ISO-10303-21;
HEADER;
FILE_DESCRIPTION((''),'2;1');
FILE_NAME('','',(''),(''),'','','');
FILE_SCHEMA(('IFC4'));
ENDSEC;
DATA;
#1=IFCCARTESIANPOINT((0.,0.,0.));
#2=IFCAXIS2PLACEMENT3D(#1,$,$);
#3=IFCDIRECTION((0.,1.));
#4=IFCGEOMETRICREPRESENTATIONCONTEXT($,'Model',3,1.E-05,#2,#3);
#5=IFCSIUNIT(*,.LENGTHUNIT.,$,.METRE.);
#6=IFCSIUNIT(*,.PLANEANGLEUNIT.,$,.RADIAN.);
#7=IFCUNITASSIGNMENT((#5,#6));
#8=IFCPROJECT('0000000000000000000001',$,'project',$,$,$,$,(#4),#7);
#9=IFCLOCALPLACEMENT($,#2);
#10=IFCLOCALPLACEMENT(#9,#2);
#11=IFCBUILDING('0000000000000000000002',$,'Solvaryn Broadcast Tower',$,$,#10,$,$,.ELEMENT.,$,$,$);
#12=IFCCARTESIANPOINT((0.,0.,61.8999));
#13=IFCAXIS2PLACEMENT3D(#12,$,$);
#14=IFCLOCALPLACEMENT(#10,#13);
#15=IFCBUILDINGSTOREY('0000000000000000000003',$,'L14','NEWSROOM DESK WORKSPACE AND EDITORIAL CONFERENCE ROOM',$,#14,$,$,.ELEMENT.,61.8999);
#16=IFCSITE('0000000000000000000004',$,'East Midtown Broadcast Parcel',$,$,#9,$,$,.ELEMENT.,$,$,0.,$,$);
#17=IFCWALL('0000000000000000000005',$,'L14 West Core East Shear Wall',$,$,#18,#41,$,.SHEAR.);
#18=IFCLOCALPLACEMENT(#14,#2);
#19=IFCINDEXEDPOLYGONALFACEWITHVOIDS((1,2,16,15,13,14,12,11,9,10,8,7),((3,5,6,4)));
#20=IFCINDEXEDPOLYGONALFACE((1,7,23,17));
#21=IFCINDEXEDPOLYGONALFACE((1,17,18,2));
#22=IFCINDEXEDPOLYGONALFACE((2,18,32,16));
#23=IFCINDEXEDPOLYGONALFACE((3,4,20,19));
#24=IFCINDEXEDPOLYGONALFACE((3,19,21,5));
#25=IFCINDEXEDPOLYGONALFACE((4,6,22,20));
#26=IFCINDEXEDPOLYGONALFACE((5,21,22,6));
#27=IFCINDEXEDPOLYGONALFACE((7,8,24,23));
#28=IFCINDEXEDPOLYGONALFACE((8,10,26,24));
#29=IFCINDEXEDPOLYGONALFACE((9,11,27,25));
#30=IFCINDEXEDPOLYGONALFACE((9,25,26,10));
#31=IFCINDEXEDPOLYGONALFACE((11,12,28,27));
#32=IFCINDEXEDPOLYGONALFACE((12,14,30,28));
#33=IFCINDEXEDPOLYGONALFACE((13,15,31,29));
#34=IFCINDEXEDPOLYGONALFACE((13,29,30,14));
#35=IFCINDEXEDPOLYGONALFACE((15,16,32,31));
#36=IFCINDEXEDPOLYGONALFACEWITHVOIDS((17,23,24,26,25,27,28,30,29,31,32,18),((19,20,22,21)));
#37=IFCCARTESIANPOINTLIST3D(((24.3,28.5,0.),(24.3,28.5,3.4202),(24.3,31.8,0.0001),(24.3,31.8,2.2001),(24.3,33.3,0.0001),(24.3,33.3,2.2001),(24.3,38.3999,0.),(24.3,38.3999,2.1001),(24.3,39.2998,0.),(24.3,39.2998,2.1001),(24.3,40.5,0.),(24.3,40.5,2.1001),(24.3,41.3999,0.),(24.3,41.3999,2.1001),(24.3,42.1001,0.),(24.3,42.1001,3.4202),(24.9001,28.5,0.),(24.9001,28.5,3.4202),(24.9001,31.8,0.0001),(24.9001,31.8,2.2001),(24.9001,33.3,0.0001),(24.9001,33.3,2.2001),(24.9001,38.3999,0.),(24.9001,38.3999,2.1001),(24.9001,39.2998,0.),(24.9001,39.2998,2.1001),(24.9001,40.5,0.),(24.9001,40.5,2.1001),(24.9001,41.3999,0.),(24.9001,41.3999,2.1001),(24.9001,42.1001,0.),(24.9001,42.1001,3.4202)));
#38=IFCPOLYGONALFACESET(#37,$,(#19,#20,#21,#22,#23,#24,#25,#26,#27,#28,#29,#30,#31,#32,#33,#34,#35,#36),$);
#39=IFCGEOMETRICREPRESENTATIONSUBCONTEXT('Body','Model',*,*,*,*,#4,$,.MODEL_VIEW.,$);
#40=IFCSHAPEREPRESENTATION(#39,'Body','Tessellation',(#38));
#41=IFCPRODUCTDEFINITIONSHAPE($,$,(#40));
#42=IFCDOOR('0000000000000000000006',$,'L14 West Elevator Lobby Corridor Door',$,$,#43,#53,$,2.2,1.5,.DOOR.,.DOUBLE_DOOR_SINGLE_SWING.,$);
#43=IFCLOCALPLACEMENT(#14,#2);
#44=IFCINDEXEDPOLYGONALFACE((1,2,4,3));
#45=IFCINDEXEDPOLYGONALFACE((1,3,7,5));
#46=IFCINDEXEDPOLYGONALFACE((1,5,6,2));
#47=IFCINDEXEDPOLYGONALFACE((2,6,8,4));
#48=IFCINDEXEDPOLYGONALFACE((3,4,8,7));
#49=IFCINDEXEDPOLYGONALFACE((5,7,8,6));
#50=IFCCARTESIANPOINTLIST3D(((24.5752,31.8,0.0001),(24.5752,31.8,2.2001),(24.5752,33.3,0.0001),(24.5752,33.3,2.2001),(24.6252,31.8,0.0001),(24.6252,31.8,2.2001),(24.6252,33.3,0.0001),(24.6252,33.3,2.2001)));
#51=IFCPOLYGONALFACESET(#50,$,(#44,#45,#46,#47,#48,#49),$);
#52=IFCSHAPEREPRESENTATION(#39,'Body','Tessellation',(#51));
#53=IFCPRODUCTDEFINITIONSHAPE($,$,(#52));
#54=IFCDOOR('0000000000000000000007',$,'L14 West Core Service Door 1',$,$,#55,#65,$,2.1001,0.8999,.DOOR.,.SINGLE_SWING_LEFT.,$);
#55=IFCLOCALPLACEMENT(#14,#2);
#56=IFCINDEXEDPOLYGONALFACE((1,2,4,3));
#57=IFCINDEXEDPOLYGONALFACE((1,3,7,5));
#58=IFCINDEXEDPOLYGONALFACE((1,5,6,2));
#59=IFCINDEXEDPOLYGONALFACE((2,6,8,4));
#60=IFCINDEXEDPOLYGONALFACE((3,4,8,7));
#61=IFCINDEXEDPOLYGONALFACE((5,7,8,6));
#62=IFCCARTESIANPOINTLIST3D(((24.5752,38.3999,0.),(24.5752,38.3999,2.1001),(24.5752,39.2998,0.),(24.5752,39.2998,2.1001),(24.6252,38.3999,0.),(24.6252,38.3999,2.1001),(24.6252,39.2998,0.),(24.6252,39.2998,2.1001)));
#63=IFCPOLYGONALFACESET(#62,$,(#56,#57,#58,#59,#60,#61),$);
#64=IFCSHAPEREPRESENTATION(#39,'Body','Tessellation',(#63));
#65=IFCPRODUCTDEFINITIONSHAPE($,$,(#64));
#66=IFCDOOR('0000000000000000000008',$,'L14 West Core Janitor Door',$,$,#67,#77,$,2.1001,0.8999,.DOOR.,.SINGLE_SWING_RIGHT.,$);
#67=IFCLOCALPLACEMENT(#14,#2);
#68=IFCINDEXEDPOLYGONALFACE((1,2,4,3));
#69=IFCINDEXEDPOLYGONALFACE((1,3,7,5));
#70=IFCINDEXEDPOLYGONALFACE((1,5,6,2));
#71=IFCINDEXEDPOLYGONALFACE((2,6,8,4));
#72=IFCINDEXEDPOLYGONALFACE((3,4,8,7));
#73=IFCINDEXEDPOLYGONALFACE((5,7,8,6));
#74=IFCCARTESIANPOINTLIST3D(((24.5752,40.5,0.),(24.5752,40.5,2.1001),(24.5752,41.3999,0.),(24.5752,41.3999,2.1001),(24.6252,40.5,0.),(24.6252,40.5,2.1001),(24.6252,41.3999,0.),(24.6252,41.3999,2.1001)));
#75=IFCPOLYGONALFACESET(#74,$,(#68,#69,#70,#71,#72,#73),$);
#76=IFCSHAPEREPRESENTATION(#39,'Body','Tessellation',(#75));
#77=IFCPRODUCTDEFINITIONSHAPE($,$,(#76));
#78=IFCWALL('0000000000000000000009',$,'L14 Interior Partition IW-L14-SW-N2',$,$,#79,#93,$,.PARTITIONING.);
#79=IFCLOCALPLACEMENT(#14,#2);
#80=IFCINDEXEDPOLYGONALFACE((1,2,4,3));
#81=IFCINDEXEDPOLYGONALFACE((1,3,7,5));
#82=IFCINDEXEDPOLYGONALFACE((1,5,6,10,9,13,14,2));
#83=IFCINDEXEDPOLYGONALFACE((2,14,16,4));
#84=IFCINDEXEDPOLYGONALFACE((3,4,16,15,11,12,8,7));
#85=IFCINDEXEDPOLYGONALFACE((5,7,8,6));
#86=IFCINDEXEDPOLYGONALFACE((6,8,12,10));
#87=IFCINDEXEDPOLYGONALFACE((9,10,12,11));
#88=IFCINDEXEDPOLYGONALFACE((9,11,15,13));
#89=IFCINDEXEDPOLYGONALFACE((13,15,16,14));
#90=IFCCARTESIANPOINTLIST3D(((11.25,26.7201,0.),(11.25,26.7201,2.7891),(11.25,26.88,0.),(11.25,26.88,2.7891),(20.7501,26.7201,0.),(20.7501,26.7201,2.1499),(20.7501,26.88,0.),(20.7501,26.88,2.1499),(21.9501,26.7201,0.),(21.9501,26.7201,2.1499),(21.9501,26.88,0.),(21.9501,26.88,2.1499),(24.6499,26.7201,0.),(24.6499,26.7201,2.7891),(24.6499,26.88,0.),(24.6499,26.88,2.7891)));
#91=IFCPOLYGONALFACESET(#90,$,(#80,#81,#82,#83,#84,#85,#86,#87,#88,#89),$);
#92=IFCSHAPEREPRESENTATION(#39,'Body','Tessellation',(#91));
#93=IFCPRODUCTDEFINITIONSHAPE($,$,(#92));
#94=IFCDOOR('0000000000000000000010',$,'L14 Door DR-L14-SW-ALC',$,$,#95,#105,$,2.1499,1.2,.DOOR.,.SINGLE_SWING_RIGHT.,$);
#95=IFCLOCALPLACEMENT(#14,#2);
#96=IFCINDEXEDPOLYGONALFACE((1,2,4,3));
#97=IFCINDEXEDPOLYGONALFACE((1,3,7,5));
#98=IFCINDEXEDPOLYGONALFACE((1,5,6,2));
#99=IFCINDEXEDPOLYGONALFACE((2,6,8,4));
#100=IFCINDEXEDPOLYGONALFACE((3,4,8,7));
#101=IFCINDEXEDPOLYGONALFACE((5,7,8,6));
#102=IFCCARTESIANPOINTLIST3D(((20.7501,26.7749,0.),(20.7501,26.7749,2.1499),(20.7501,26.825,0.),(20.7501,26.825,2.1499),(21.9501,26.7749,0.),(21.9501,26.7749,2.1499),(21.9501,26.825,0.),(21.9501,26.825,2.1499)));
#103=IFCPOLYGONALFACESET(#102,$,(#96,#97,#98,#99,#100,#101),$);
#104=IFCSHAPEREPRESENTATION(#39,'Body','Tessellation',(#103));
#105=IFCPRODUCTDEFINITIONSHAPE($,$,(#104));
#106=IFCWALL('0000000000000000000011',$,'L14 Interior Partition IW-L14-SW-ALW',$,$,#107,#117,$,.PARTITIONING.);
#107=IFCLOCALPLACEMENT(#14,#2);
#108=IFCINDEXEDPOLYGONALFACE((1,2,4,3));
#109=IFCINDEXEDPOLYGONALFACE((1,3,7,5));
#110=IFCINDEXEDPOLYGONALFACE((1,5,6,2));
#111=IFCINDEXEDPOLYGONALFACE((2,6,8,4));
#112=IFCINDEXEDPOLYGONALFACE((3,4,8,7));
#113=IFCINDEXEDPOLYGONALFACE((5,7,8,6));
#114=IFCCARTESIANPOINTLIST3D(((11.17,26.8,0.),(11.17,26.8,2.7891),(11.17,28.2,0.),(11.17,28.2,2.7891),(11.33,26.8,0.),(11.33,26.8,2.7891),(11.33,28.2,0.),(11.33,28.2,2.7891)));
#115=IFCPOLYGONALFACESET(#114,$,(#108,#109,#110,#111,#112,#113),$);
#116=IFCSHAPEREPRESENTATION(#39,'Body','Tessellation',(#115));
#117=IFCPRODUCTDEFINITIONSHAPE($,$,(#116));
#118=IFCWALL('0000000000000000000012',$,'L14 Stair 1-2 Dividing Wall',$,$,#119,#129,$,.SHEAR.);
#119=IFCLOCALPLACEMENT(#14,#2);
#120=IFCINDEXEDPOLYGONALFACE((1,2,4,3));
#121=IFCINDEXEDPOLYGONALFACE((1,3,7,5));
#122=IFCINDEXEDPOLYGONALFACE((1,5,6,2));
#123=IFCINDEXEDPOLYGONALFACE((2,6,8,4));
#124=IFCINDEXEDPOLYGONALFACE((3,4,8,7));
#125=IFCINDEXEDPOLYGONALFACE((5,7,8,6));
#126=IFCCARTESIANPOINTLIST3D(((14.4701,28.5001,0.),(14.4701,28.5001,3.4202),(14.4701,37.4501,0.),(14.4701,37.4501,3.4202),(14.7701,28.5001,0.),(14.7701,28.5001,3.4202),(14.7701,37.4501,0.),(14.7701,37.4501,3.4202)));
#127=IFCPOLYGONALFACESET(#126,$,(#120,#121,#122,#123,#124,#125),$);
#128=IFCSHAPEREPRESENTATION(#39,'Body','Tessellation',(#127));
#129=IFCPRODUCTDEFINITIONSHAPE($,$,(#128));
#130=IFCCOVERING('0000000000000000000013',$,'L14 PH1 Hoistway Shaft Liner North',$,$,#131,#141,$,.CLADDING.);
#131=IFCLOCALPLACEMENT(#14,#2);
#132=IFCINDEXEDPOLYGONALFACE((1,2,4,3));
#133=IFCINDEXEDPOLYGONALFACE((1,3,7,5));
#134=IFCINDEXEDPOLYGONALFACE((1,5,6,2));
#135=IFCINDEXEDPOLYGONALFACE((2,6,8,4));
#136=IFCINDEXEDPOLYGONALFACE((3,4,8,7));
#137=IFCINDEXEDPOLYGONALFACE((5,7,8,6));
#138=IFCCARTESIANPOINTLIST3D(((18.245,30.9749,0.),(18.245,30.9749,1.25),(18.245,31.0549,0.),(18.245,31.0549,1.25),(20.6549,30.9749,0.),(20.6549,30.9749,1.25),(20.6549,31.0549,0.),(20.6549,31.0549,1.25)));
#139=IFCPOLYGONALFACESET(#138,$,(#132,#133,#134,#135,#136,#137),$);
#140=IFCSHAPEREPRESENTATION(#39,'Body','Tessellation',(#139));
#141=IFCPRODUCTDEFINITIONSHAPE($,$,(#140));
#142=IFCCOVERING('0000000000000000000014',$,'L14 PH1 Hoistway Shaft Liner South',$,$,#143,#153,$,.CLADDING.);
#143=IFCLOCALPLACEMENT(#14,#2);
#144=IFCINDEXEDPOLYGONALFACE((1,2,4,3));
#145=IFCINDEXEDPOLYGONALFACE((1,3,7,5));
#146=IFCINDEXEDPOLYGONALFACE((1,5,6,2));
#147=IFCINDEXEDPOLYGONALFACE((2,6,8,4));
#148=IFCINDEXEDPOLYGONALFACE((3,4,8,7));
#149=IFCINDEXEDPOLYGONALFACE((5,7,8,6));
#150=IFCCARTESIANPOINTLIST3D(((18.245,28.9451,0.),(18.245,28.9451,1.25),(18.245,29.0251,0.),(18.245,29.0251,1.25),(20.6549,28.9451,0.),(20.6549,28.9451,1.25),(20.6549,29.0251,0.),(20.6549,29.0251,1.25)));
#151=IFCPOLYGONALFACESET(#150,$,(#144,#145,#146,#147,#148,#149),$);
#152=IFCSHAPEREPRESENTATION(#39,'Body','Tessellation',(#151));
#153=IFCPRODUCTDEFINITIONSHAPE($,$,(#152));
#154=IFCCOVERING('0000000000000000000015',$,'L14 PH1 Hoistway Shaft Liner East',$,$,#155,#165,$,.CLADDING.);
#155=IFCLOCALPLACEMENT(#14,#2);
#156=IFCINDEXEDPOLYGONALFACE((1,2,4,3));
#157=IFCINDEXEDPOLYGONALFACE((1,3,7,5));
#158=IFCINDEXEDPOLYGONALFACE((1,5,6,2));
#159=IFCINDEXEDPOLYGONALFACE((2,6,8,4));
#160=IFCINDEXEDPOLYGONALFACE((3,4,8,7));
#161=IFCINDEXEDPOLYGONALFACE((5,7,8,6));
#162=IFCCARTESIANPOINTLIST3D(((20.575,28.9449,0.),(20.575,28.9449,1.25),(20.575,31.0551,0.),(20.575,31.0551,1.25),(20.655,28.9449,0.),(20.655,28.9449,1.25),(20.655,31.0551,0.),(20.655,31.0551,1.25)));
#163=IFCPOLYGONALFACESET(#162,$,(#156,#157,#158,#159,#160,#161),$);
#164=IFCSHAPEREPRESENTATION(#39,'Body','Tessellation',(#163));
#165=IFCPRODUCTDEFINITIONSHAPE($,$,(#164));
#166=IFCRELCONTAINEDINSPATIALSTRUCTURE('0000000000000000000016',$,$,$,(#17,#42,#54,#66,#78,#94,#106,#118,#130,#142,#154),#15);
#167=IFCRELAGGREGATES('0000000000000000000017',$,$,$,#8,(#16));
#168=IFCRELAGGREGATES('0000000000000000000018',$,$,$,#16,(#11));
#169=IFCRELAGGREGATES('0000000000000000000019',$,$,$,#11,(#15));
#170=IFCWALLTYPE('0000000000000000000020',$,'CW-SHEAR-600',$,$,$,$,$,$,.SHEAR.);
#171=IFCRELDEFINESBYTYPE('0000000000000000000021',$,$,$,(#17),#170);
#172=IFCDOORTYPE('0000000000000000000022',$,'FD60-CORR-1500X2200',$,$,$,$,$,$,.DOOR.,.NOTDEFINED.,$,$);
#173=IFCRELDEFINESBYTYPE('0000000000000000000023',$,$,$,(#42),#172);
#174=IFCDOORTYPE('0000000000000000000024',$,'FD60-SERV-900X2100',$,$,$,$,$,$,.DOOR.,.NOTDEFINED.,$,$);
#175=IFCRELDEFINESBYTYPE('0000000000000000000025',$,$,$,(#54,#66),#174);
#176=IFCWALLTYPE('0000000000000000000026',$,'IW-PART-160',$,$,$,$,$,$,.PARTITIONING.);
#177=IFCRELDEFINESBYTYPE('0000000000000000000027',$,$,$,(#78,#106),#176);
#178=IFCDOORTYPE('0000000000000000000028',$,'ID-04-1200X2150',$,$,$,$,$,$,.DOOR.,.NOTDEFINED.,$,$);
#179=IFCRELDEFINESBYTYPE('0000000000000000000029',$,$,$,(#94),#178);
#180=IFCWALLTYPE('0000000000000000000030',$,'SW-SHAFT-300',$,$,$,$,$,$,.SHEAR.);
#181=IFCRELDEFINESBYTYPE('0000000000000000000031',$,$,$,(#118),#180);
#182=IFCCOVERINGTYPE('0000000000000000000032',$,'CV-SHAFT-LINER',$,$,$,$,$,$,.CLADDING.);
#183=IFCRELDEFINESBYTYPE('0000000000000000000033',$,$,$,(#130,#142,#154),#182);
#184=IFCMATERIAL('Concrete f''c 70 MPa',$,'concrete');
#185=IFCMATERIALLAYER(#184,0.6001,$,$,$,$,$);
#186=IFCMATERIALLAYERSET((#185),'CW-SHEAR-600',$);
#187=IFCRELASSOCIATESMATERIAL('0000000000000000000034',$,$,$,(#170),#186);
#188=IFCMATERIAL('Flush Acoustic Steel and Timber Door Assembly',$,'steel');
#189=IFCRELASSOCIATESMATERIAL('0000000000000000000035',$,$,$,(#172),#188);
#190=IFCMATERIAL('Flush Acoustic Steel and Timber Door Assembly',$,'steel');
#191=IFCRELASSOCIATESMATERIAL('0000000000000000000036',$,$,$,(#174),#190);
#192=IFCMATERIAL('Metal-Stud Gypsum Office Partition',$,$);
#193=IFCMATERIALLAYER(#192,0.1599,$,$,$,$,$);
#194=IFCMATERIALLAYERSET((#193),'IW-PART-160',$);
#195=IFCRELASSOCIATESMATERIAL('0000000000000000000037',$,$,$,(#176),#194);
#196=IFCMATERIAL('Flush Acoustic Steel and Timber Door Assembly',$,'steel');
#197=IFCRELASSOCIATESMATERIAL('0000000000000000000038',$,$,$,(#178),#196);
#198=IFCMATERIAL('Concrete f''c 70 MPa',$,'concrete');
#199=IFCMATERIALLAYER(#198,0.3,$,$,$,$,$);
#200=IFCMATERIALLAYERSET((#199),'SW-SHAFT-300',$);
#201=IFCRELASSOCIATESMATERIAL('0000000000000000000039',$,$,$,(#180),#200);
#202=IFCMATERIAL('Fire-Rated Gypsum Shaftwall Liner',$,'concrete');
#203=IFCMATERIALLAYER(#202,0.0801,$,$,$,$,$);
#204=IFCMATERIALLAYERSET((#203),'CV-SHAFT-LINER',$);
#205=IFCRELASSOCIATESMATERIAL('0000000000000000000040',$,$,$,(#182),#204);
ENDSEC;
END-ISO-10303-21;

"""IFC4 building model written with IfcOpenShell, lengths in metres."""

from ifc_helpers import new_model, si_unit, direction, frame, frame_2d, origin, origin_2d, place, context, subcontext, project, spatial, rectangle, extrude, material, layer, layer_set, type_object, element, fill, save


model = new_model("IFC4")

# Units and contexts
model_context = context("Model", 3, precision=1e-05, world=origin(), true_north=direction((0.0, 1.0)))
body_context = subcontext(model_context, "Body", "Model", "MODEL_VIEW")
ifc_project = project(units=[si_unit("LENGTHUNIT", "METRE"), si_unit("PLANEANGLEUNIT", "RADIAN")], contexts=[model_context])

# Site, building, storey
site_placement = place(None, origin())
site = spatial("IfcSite", under=ifc_project, at=site_placement, Name="East Midtown Broadcast Parcel", CompositionType="ELEMENT", RefElevation=0.0)
building_placement = place(site_placement, origin())
building = spatial("IfcBuilding", under=site, at=building_placement, Name="Solvaryn Broadcast Tower", CompositionType="ELEMENT")
storey_placement = place(building_placement, frame((0.0, 0.0, 61.8999)))
storey = spatial("IfcBuildingStorey", under=building, at=storey_placement, Name="L14", Description="NEWSROOM DESK WORKSPACE AND EDITORIAL CONFERENCE ROOM", CompositionType="ELEMENT", Elevation=61.8999)

# Shared definitions
ifc_material_1 = material(Name="Concrete f'c 70 MPa", Category="concrete")
ifc_layer_1 = layer(ifc_material_1, 0.6001)
ifc_layer_set_1 = layer_set([ifc_layer_1], Name="CW-SHEAR-600")
wall_type_1 = type_object("IfcWallType", Name="CW-SHEAR-600", PredefinedType="SHEAR", material=ifc_layer_set_1)

# Wall, openings, doors
wall_1_placement = place(storey_placement, frame((24.6001, 28.5, 0.0), z_axis=(0.0, 0.0, 1.0), x_axis=(0.0, 1.0, 0.0)))
wall_1 = element("IfcWall", 1, at=wall_1_placement, inside=storey, type_object=wall_type_1, Name="L14 West Core East Shear Wall", PredefinedType="SHEAR", context=body_context, shape_type="SweptSolid", body=[
    extrude(rectangle(XDim=13.6001, YDim=0.6001, at=frame_2d((6.8, 0.0))), origin(), (0.0, 0.0, 1.0), 3.4202),
])
opening_1_placement = place(wall_1_placement, frame((3.3, 0.0, 0.0)))
opening_1 = element("IfcOpeningElement", 2, at=opening_1_placement, cuts=wall_1, PredefinedType="OPENING", context=body_context, shape_type="SweptSolid", body=[
    extrude(rectangle(XDim=1.5, YDim=2.2, at=frame_2d((0.75, 1.1001))), frame((0.0, 0.3101, 0.0), z_axis=(0.0, -1.0, 0.0), x_axis=(1.0, 0.0, 0.0)), (0.0, 0.0, 1.0), 0.6201),
])
opening_2_placement = place(wall_1_placement, frame((9.8999, 0.0, 0.0)))
opening_2 = element("IfcOpeningElement", 3, at=opening_2_placement, cuts=wall_1, PredefinedType="OPENING", context=body_context, shape_type="SweptSolid", body=[
    extrude(rectangle(XDim=0.8999, YDim=2.1001, at=frame_2d((0.45, 1.05))), frame((0.0, 0.3101, 0.0), z_axis=(0.0, -1.0, 0.0), x_axis=(1.0, 0.0, 0.0)), (0.0, 0.0, 1.0), 0.6201),
])
opening_3_placement = place(wall_1_placement, frame((12.0, 0.0, 0.0)))
opening_3 = element("IfcOpeningElement", 4, at=opening_3_placement, cuts=wall_1, PredefinedType="OPENING", context=body_context, shape_type="SweptSolid", body=[
    extrude(rectangle(XDim=0.8999, YDim=2.1001, at=frame_2d((0.45, 1.05))), frame((0.0, 0.3101, 0.0), z_axis=(0.0, -1.0, 0.0), x_axis=(1.0, 0.0, 0.0)), (0.0, 0.0, 1.0), 0.6201),
])
ifc_material_2 = material(Name="Flush Acoustic Steel and Timber Door Assembly", Category="steel")
door_type_1 = type_object("IfcDoorType", Name="FD60-CORR-1500X2200", OperationType="NOTDEFINED", PredefinedType="DOOR", material=ifc_material_2)
door_1_placement = place(opening_1_placement, origin())
door_1 = element("IfcDoor", 5, at=door_1_placement, inside=storey, type_object=door_type_1, Name="L14 West Elevator Lobby Corridor Door", OperationType="DOUBLE_DOOR_SINGLE_SWING", OverallHeight=2.2, OverallWidth=1.5, PredefinedType="DOOR", context=body_context, shape_type="SweptSolid", body=[
    extrude(rectangle(XDim=1.5, YDim=2.2, at=frame_2d((0.75, 1.1001))), frame((0.0, 0.0249, 0.0), z_axis=(0.0, -1.0, 0.0), x_axis=(1.0, 0.0, 0.0)), (0.0, 0.0, 1.0), 0.05),
])
fill(opening_1, door_1)
ifc_material_3 = material(Name="Flush Acoustic Steel and Timber Door Assembly", Category="steel")
door_type_2 = type_object("IfcDoorType", Name="FD60-SERV-900X2100", OperationType="NOTDEFINED", PredefinedType="DOOR", material=ifc_material_3)
door_2_placement = place(opening_2_placement, origin())
door_2 = element("IfcDoor", 6, at=door_2_placement, inside=storey, type_object=door_type_2, Name="L14 West Core Service Door 1", OperationType="SINGLE_SWING_LEFT", OverallHeight=2.1001, OverallWidth=0.8999, PredefinedType="DOOR", context=body_context, shape_type="SweptSolid", body=[
    extrude(rectangle(XDim=0.8999, YDim=2.1001, at=frame_2d((0.45, 1.05))), frame((0.0, 0.0249, 0.0), z_axis=(0.0, -1.0, 0.0), x_axis=(1.0, 0.0, 0.0)), (0.0, 0.0, 1.0), 0.05),
])
fill(opening_2, door_2)
door_3_placement = place(opening_3_placement, origin())
door_3 = element("IfcDoor", 7, at=door_3_placement, inside=storey, type_object=door_type_2, Name="L14 West Core Janitor Door", OperationType="SINGLE_SWING_RIGHT", OverallHeight=2.1001, OverallWidth=0.8999, PredefinedType="DOOR", context=body_context, shape_type="SweptSolid", body=[
    extrude(rectangle(XDim=0.8999, YDim=2.1001, at=frame_2d((0.45, 1.05))), frame((0.0, 0.0249, 0.0), z_axis=(0.0, -1.0, 0.0), x_axis=(1.0, 0.0, 0.0)), (0.0, 0.0, 1.0), 0.05),
])
fill(opening_3, door_3)

# Wall, opening, door
ifc_material_4 = material(Name="Metal-Stud Gypsum Office Partition")
ifc_layer_2 = layer(ifc_material_4, 0.1599)
ifc_layer_set_2 = layer_set([ifc_layer_2], Name="IW-PART-160")
wall_type_2 = type_object("IfcWallType", Name="IW-PART-160", PredefinedType="PARTITIONING", material=ifc_layer_set_2)
wall_2_placement = place(storey_placement, frame((11.25, 26.8, 0.0), z_axis=(0.0, 0.0, 1.0), x_axis=(1.0, 0.0, 0.0)))
wall_2 = element("IfcWall", 8, at=wall_2_placement, inside=storey, type_object=wall_type_2, Name="L14 Interior Partition IW-L14-SW-N2", PredefinedType="PARTITIONING", context=body_context, shape_type="SweptSolid", body=[
    extrude(rectangle(XDim=13.3999, YDim=0.1599, at=frame_2d((6.7, 0.0))), origin(), (0.0, 0.0, 1.0), 2.7891),
])
opening_4_placement = place(wall_2_placement, frame((9.5, 0.0, 0.0)))
opening_4 = element("IfcOpeningElement", 9, at=opening_4_placement, cuts=wall_2, PredefinedType="OPENING", context=body_context, shape_type="SweptSolid", body=[
    extrude(rectangle(XDim=1.2, YDim=2.1499, at=frame_2d((0.6001, 1.075))), frame((0.0, 0.0901, 0.0), z_axis=(0.0, -1.0, 0.0), x_axis=(1.0, 0.0, 0.0)), (0.0, 0.0, 1.0), 0.1799),
])
ifc_material_5 = material(Name="Flush Acoustic Steel and Timber Door Assembly", Category="steel")
door_type_3 = type_object("IfcDoorType", Name="ID-04-1200X2150", OperationType="NOTDEFINED", PredefinedType="DOOR", material=ifc_material_5)
door_4_placement = place(opening_4_placement, origin())
door_4 = element("IfcDoor", 10, at=door_4_placement, inside=storey, type_object=door_type_3, Name="L14 Door DR-L14-SW-ALC", OperationType="SINGLE_SWING_RIGHT", OverallHeight=2.1499, OverallWidth=1.2, PredefinedType="DOOR", context=body_context, shape_type="SweptSolid", body=[
    extrude(rectangle(XDim=1.2, YDim=2.1499, at=frame_2d((0.6001, 1.075))), frame((0.0, 0.0249, 0.0), z_axis=(0.0, -1.0, 0.0), x_axis=(1.0, 0.0, 0.0)), (0.0, 0.0, 1.0), 0.05),
])
fill(opening_4, door_4)

# Walls
wall_3_placement = place(storey_placement, frame((11.25, 26.8, 0.0), z_axis=(0.0, 0.0, 1.0), x_axis=(0.0, 1.0, 0.0)))
element("IfcWall", 11, at=wall_3_placement, inside=storey, type_object=wall_type_2, Name="L14 Interior Partition IW-L14-SW-ALW", PredefinedType="PARTITIONING", context=body_context, shape_type="SweptSolid", body=[
    extrude(rectangle(XDim=1.3999, YDim=0.1599, at=frame_2d((0.7, 0.0))), origin(), (0.0, 0.0, 1.0), 2.7891),
])
ifc_material_6 = material(Name="Concrete f'c 70 MPa", Category="concrete")
ifc_layer_3 = layer(ifc_material_6, 0.3)
ifc_layer_set_3 = layer_set([ifc_layer_3], Name="SW-SHAFT-300")
wall_type_3 = type_object("IfcWallType", Name="SW-SHAFT-300", PredefinedType="SHEAR", material=ifc_layer_set_3)
wall_4_placement = place(storey_placement, frame((14.6201, 28.5, 0.0), z_axis=(0.0, 0.0, 1.0), x_axis=(0.0, 1.0, 0.0)))
element("IfcWall", 12, at=wall_4_placement, inside=storey, type_object=wall_type_3, Name="L14 Stair 1-2 Dividing Wall", PredefinedType="SHEAR", context=body_context, shape_type="SweptSolid", body=[
    extrude(rectangle(XDim=8.95, YDim=0.3, at=frame_2d((4.4751, 0.0))), origin(), (0.0, 0.0, 1.0), 3.4202),
])

# Coverings
ifc_material_7 = material(Name="Fire-Rated Gypsum Shaftwall Liner", Category="concrete")
ifc_layer_4 = layer(ifc_material_7, 0.0801)
ifc_layer_set_4 = layer_set([ifc_layer_4], Name="CV-SHAFT-LINER")
covering_type = type_object("IfcCoveringType", Name="CV-SHAFT-LINER", PredefinedType="CLADDING", material=ifc_layer_set_4)
for number, where, z_axis, x_axis, name in (
    (13, (19.45, 31.0149, 0.0), (0.0, 0.0, 1.0), (1.0, 0.0, 0.0), "L14 PH1 Hoistway Shaft Liner North"),
    (14, (19.45, 28.9851, 0.0), (0.0, 0.0, 1.0), (1.0, 0.0, 0.0), "L14 PH1 Hoistway Shaft Liner South"),
):
    element("IfcCovering", number, at=place(storey_placement, frame(where, z_axis=z_axis, x_axis=x_axis)), inside=storey, type_object=covering_type, Name=name, PredefinedType="CLADDING", context=body_context, shape_type="SweptSolid", body=[
        extrude(rectangle(XDim=2.4099, YDim=0.0801, at=origin_2d()), origin(), (0.0, 0.0, 1.0), 1.25),
    ])
for number, where, z_axis, x_axis, name in (
    (15, (20.615, 30.0, 0.0), (0.0, 0.0, 1.0), (1.0, 0.0, 0.0), "L14 PH1 Hoistway Shaft Liner East"),
):
    element("IfcCovering", number, at=place(storey_placement, frame(where, z_axis=z_axis, x_axis=x_axis)), inside=storey, type_object=covering_type, Name=name, PredefinedType="CLADDING", context=body_context, shape_type="SweptSolid", body=[
        extrude(rectangle(XDim=0.0801, YDim=2.1101, at=origin_2d()), origin(), (0.0, 0.0, 1.0), 1.25),
    ])

save(model, "model.ifc")
